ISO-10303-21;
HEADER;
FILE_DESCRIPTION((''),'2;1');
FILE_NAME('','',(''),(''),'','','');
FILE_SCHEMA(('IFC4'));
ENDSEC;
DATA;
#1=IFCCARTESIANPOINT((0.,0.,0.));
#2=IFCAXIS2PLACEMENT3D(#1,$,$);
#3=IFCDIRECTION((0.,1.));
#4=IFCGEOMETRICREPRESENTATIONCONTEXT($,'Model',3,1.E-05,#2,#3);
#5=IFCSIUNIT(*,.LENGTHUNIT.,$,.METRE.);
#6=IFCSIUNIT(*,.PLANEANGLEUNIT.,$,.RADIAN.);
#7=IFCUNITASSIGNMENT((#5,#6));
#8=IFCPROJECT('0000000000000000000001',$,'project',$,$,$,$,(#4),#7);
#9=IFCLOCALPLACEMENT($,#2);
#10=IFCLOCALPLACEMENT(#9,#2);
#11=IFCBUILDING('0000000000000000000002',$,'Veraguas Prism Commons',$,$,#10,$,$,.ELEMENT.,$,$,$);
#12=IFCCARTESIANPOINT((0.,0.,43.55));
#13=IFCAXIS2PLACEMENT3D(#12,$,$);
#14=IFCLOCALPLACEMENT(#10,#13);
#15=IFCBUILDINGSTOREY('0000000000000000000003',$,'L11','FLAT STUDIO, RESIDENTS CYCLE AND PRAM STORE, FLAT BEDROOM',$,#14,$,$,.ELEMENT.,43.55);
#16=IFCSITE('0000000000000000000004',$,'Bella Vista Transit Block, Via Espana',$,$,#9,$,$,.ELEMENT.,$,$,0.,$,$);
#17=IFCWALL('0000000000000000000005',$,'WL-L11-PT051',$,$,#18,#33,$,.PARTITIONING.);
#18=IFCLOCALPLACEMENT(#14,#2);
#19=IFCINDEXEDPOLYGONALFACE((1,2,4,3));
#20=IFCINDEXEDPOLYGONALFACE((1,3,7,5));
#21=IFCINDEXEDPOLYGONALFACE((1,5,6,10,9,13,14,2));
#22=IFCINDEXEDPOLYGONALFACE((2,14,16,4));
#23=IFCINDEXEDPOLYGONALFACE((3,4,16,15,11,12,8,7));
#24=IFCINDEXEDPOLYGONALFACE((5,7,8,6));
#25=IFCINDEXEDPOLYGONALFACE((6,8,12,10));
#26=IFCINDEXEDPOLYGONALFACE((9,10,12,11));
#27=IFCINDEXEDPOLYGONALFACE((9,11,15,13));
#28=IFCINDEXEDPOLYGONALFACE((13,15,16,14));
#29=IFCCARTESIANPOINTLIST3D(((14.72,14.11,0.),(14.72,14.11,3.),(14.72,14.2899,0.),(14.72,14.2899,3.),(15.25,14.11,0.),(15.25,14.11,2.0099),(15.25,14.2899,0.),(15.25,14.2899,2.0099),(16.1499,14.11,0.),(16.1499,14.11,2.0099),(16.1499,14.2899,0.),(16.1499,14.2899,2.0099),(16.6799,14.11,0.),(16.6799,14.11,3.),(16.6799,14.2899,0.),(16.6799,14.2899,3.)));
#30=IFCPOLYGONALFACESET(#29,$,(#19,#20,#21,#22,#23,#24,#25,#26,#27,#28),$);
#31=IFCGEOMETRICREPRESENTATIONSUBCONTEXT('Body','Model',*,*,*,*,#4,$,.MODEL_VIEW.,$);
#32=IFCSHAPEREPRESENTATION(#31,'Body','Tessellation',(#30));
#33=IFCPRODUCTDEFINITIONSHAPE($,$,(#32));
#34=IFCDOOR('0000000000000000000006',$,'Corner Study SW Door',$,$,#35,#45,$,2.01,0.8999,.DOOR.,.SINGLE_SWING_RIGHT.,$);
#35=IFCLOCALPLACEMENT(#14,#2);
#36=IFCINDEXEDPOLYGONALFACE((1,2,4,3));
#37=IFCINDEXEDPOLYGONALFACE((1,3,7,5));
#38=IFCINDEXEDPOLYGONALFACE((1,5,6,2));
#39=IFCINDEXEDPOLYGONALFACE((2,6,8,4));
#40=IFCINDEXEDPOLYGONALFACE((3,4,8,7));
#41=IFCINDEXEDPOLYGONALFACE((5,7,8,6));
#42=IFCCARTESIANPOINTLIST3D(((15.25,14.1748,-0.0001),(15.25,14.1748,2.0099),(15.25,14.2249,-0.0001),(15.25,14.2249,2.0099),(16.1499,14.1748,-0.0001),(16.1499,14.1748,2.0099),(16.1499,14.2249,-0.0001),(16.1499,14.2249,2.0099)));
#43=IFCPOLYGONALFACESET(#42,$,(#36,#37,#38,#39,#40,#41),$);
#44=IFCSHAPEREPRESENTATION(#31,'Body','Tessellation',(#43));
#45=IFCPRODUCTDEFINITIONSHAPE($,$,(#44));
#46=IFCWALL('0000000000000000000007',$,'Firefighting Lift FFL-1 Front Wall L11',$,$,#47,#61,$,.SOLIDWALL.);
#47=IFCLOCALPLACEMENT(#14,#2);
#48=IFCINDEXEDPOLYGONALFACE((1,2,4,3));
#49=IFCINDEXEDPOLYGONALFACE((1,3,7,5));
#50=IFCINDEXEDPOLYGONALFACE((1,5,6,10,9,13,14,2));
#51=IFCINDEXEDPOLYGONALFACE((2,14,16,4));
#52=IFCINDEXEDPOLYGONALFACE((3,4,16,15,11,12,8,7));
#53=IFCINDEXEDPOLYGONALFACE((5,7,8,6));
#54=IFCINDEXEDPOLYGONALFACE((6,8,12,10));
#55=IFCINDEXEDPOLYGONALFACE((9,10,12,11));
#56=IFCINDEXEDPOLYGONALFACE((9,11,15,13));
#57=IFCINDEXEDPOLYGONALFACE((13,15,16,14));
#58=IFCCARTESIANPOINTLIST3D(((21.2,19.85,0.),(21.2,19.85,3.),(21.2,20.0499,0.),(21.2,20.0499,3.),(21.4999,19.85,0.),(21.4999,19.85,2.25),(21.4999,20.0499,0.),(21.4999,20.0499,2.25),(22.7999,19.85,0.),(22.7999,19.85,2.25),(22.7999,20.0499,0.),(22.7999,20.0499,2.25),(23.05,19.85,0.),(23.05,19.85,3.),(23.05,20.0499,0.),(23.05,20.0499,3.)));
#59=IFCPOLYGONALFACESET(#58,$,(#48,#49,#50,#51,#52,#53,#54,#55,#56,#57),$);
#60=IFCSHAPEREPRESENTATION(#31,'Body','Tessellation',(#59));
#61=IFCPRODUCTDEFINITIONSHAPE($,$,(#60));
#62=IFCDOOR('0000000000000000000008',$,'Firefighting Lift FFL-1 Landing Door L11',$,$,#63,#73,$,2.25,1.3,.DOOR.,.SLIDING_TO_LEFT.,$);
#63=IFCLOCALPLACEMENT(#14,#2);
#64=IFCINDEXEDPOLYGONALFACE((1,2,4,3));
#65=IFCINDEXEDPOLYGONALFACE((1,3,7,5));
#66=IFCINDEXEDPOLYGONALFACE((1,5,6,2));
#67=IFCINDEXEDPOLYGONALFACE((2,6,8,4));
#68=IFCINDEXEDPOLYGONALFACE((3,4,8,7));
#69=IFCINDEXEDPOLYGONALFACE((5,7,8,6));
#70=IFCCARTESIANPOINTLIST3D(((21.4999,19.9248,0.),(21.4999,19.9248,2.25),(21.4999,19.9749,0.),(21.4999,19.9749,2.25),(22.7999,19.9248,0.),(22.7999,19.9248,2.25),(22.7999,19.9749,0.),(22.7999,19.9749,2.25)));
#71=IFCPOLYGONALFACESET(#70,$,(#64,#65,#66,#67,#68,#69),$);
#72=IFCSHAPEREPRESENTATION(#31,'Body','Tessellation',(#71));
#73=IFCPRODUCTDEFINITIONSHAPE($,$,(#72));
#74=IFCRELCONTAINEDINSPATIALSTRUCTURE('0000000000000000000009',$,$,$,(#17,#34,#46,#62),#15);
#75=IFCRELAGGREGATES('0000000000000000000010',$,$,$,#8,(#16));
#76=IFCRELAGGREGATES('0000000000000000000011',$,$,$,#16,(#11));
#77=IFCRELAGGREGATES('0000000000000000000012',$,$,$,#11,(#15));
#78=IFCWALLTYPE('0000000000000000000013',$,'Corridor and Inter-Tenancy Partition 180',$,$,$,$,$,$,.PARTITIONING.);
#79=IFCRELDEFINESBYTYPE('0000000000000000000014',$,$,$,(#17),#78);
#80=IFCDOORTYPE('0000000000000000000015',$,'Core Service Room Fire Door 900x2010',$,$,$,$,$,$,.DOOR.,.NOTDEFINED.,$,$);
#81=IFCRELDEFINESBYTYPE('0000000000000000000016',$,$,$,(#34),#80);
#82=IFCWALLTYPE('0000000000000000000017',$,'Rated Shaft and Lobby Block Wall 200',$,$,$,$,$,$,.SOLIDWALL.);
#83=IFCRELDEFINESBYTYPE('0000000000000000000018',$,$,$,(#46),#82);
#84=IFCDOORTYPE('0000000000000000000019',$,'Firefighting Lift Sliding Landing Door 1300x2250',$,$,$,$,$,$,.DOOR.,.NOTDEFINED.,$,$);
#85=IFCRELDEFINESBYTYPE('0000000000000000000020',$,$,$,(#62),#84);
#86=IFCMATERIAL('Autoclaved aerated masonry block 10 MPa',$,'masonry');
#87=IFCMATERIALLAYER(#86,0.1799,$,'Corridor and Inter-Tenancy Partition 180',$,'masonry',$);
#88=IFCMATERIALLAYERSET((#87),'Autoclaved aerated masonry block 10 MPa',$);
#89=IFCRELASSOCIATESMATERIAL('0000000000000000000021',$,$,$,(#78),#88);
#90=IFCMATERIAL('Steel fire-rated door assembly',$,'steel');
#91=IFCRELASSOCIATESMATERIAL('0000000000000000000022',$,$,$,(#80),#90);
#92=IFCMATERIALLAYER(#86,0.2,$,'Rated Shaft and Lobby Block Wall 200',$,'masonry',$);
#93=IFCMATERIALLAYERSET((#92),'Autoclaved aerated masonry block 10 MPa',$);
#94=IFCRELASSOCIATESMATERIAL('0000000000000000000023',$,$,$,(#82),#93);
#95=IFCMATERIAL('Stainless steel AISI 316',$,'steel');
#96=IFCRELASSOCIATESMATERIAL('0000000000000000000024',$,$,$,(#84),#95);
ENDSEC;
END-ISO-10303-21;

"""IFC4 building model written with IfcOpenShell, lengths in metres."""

from ifc_helpers import new_model, si_unit, direction, frame, frame_2d, origin, place, context, subcontext, project, spatial, rectangle, extrude, source, transform, mapped, material, layer, layer_set, type_object, element, fill, save


model = new_model("IFC4")

# Units and contexts
model_context = context("Model", 3, precision=1e-05, world=origin(), true_north=direction((0.0, 1.0)))
body_context = subcontext(model_context, "Body", "Model", "MODEL_VIEW")
ifc_project = project(units=[si_unit("LENGTHUNIT", "METRE"), si_unit("PLANEANGLEUNIT", "RADIAN")], contexts=[model_context])

# Site, building, storey
site_placement = place(None, origin())
site = spatial("IfcSite", under=ifc_project, at=site_placement, Name="Bella Vista Transit Block, Via Espana", CompositionType="ELEMENT", RefElevation=0.0)
building_placement = place(site_placement, origin())
building = spatial("IfcBuilding", under=site, at=building_placement, Name="Veraguas Prism Commons", CompositionType="ELEMENT")
storey_placement = place(building_placement, frame((0.0, 0.0, 43.55)))
storey = spatial("IfcBuildingStorey", under=building, at=storey_placement, Name="L11", Description="FLAT STUDIO, RESIDENTS CYCLE AND PRAM STORE, FLAT BEDROOM", CompositionType="ELEMENT", Elevation=43.55)

# Shared definitions
ifc_material_1 = material(Name="Steel fire-rated door assembly", Category="steel")

# Shared definitions
ifc_material_2 = material(Name="Autoclaved aerated masonry block 10 MPa", Category="masonry")
ifc_layer_1 = layer(ifc_material_2, 0.1799, Name="Corridor and Inter-Tenancy Partition 180", Category="masonry")
ifc_layer_set_1 = layer_set([ifc_layer_1], Name="Autoclaved aerated masonry block 10 MPa")
wall_type_1 = type_object("IfcWallType", Name="Corridor and Inter-Tenancy Partition 180", PredefinedType="PARTITIONING", material=ifc_layer_set_1)

# Walls, openings, doors
wall_1_placement = place(storey_placement, frame((14.72, 14.2, 0.0), z_axis=(0.0, 0.0, 1.0), x_axis=(1.0, 0.0, 0.0)))
wall_1 = element("IfcWall", 1, at=wall_1_placement, inside=storey, type_object=wall_type_1, Name="WL-L11-PT051", PredefinedType="PARTITIONING", context=body_context, shape_type="SweptSolid", body=[
    extrude(rectangle(XDim=1.96, YDim=0.1799, at=frame_2d((0.98, 0.0))), origin(), (0.0, 0.0, 1.0), 3.0),
])
opening_1_placement = place(wall_1_placement, frame((0.53, 0.0, 0.0)))
opening_1 = element("IfcOpeningElement", 2, at=opening_1_placement, cuts=wall_1, PredefinedType="OPENING", context=body_context, shape_type="SweptSolid", body=[
    extrude(rectangle(XDim=0.8999, YDim=2.01, at=frame_2d((0.45, 1.0049))), frame((0.0, 0.0999, 0.0), z_axis=(0.0, -1.0, 0.0), x_axis=(1.0, 0.0, 0.0)), (0.0, 0.0, 1.0), 0.2),
])
door_type_1 = type_object("IfcDoorType", Name="Core Service Room Fire Door 900x2010", OperationType="NOTDEFINED", PredefinedType="DOOR", material=ifc_material_1)
shared_shape_1 = source(origin(), body_context, "Body", "SweptSolid", [
    extrude(rectangle(XDim=0.8999, YDim=2.01, at=frame_2d((0.45, 1.0049))), frame((0.0, 0.0249, 0.0), z_axis=(0.0, -1.0, 0.0), x_axis=(1.0, 0.0, 0.0)), (0.0, 0.0, 1.0), 0.05),
])
door_1_placement = place(opening_1_placement, origin())
door_1 = element("IfcDoor", 3, at=door_1_placement, inside=storey, type_object=door_type_1, Name="Corner Study SW Door", OperationType="SINGLE_SWING_RIGHT", OverallHeight=2.01, OverallWidth=0.8999, PredefinedType="DOOR", context=body_context, shape_type="MappedRepresentation", body=[
    mapped(shared_shape_1, transform((0.0, 0.0, 0.0), scale=1.0)),
])
fill(opening_1, door_1)
ifc_layer_2 = layer(ifc_material_2, 0.2, Name="Rated Shaft and Lobby Block Wall 200", Category="masonry")
ifc_layer_set_2 = layer_set([ifc_layer_2], Name="Autoclaved aerated masonry block 10 MPa")
wall_type_2 = type_object("IfcWallType", Name="Rated Shaft and Lobby Block Wall 200", PredefinedType="SOLIDWALL", material=ifc_layer_set_2)
wall_2_placement = place(storey_placement, frame((21.2, 19.95, 0.0), z_axis=(0.0, 0.0, 1.0), x_axis=(1.0, 0.0, 0.0)))
wall_2 = element("IfcWall", 4, at=wall_2_placement, inside=storey, type_object=wall_type_2, Name="Firefighting Lift FFL-1 Front Wall L11", PredefinedType="SOLIDWALL", context=body_context, shape_type="SweptSolid", body=[
    extrude(rectangle(XDim=1.8501, YDim=0.2, at=frame_2d((0.925, 0.0))), origin(), (0.0, 0.0, 1.0), 3.0),
])
opening_2_placement = place(wall_2_placement, frame((0.3, 0.0, 0.0)))
opening_2 = element("IfcOpeningElement", 5, at=opening_2_placement, cuts=wall_2, PredefinedType="OPENING", context=body_context, shape_type="SweptSolid", body=[
    extrude(rectangle(XDim=1.3, YDim=2.25, at=frame_2d((0.6499, 1.125))), frame((0.0, 0.1099, 0.0), z_axis=(0.0, -1.0, 0.0), x_axis=(1.0, 0.0, 0.0)), (0.0, 0.0, 1.0), 0.22),
])
ifc_material_3 = material(Name="Stainless steel AISI 316", Category="steel")
door_type_2 = type_object("IfcDoorType", Name="Firefighting Lift Sliding Landing Door 1300x2250", OperationType="NOTDEFINED", PredefinedType="DOOR", material=ifc_material_3)
shared_shape_2 = source(origin(), body_context, "Body", "SweptSolid", [
    extrude(rectangle(XDim=1.3, YDim=2.25, at=frame_2d((0.6499, 1.125))), frame((0.0, 0.0249, 0.0), z_axis=(0.0, -1.0, 0.0), x_axis=(1.0, 0.0, 0.0)), (0.0, 0.0, 1.0), 0.05),
])
door_2_placement = place(opening_2_placement, origin())
door_2 = element("IfcDoor", 6, at=door_2_placement, inside=storey, type_object=door_type_2, Name="Firefighting Lift FFL-1 Landing Door L11", OperationType="SLIDING_TO_LEFT", OverallHeight=2.25, OverallWidth=1.3, PredefinedType="DOOR", context=body_context, shape_type="MappedRepresentation", body=[
    mapped(shared_shape_2, transform((0.0, 0.0, 0.0), scale=1.0)),
])
fill(opening_2, door_2)

save(model, "model.ifc")
